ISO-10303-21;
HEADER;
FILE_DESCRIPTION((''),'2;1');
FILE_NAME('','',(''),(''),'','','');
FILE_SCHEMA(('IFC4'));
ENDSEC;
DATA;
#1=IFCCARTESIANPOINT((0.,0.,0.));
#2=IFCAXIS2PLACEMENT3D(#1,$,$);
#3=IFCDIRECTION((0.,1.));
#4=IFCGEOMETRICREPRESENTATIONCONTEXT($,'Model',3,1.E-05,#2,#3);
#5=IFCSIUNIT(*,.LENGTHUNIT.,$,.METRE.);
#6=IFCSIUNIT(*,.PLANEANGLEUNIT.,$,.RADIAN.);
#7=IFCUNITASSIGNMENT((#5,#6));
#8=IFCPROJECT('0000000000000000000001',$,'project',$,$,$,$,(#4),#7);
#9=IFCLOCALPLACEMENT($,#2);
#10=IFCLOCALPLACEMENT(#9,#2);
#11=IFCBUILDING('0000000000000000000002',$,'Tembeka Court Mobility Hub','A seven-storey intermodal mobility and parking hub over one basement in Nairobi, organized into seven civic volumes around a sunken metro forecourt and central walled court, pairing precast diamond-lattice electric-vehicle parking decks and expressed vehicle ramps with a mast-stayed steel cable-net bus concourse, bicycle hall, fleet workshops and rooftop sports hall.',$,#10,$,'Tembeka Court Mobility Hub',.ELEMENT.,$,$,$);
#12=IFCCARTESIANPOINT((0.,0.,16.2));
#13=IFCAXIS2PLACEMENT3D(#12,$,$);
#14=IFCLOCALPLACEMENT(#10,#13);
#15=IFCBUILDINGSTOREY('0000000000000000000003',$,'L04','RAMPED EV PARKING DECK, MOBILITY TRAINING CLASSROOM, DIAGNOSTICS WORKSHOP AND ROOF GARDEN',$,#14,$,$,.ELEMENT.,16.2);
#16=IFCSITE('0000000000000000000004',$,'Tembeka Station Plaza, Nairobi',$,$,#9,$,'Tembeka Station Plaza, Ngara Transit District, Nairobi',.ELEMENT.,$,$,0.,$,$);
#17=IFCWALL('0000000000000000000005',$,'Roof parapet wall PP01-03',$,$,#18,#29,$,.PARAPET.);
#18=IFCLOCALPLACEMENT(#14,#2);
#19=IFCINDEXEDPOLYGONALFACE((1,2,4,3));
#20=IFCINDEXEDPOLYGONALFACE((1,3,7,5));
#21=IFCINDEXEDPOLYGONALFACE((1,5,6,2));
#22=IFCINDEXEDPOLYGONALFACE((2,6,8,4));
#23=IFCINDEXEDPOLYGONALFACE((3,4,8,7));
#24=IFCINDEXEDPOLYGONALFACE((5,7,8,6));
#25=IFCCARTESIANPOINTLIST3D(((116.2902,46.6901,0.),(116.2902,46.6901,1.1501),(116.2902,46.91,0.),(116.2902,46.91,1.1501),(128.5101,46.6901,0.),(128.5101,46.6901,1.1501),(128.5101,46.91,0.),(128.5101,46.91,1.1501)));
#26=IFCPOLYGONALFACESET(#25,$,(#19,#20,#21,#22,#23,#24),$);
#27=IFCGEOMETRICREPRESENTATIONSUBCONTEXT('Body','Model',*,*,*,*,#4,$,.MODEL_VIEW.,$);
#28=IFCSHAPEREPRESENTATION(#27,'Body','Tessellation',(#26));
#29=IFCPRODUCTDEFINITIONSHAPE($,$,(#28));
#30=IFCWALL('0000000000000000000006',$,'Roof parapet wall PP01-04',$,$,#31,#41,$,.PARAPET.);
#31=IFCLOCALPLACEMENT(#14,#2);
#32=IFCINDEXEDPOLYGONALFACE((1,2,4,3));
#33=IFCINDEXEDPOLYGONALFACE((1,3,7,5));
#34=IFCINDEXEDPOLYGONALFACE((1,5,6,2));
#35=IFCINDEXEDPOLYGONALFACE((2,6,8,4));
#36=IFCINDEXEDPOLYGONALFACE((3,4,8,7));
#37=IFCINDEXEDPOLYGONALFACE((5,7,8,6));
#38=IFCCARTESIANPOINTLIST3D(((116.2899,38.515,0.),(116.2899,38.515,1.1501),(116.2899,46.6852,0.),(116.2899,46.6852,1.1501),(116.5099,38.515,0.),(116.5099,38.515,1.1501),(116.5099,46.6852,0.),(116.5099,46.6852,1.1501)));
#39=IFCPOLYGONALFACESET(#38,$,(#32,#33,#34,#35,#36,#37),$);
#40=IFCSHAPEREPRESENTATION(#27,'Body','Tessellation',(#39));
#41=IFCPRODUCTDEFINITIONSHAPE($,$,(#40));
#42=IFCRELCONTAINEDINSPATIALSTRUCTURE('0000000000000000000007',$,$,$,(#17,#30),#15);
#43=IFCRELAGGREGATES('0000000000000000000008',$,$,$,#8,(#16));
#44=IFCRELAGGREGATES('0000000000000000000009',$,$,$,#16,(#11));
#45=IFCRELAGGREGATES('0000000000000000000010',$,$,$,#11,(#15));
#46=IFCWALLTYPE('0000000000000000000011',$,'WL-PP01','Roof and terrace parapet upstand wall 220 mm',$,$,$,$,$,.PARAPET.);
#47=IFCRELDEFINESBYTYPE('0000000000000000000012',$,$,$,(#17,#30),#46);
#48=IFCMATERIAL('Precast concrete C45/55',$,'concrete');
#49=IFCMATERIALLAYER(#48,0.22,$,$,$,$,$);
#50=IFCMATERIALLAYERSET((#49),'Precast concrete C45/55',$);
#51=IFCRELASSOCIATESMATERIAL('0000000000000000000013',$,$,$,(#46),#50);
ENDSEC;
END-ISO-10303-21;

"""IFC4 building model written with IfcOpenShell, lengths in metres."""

from ifc_helpers import new_model, si_unit, direction, frame, frame_2d, origin, place, context, subcontext, project, spatial, rectangle, extrude, material, layer, layer_set, type_object, element, save


model = new_model("IFC4")

# Units and contexts
model_context = context("Model", 3, precision=1e-05, world=origin(), true_north=direction((0.0, 1.0)))
body_context = subcontext(model_context, "Body", "Model", "MODEL_VIEW")
ifc_project = project(units=[si_unit("LENGTHUNIT", "METRE"), si_unit("PLANEANGLEUNIT", "RADIAN")], contexts=[model_context])

# Site, building, storey
site_placement = place(None, origin())
site = spatial("IfcSite", under=ifc_project, at=site_placement, Name="Tembeka Station Plaza, Nairobi", LongName="Tembeka Station Plaza, Ngara Transit District, Nairobi", CompositionType="ELEMENT", RefElevation=0.0)
building_placement = place(site_placement, origin())
building = spatial("IfcBuilding", under=site, at=building_placement, Name="Tembeka Court Mobility Hub", Description="A seven-storey intermodal mobility and parking hub over one basement in Nairobi, organized into seven civic volumes around a sunken metro forecourt and central walled court, pairing precast diamond-lattice electric-vehicle parking decks and expressed vehicle ramps with a mast-stayed steel cable-net bus concourse, bicycle hall, fleet workshops and rooftop sports hall.", LongName="Tembeka Court Mobility Hub", CompositionType="ELEMENT")
storey_placement = place(building_placement, frame((0.0, 0.0, 16.2)))
storey = spatial("IfcBuildingStorey", under=building, at=storey_placement, Name="L04", Description="RAMPED EV PARKING DECK, MOBILITY TRAINING CLASSROOM, DIAGNOSTICS WORKSHOP AND ROOF GARDEN", CompositionType="ELEMENT", Elevation=16.2)

# Shared definitions
ifc_material_1 = material(Name="Precast concrete C45/55", Category="concrete")

# Walls
ifc_layer = layer(ifc_material_1, 0.22)
ifc_layer_set = layer_set([ifc_layer], Name="Precast concrete C45/55")
wall_type = type_object("IfcWallType", Name="WL-PP01", Description="Roof and terrace parapet upstand wall 220 mm", PredefinedType="PARAPET", material=ifc_layer_set)
wall_1_placement = place(storey_placement, frame((128.51, 46.8, 0.0), z_axis=(0.0, 0.0, 1.0), x_axis=(-1.0, 0.0, 0.0)))
element("IfcWall", 1, at=wall_1_placement, inside=storey, type_object=wall_type, Name="Roof parapet wall PP01-03", PredefinedType="PARAPET", context=body_context, shape_type="SweptSolid", body=[
    extrude(rectangle(XDim=12.22, YDim=0.22, at=frame_2d((6.1099, 0.0))), origin(), (0.0, 0.0, 1.0), 1.1501),
])
wall_2_placement = place(storey_placement, frame((116.3999, 46.6851, 0.0), z_axis=(0.0, 0.0, 1.0), x_axis=(0.0, -1.0, 0.0)))
element("IfcWall", 2, at=wall_2_placement, inside=storey, type_object=wall_type, Name="Roof parapet wall PP01-04", PredefinedType="PARAPET", context=body_context, shape_type="SweptSolid", body=[
    extrude(rectangle(XDim=8.1702, YDim=0.22, at=frame_2d((4.085, 0.0))), origin(), (0.0, 0.0, 1.0), 1.1501),
])

save(model, "model.ifc")
